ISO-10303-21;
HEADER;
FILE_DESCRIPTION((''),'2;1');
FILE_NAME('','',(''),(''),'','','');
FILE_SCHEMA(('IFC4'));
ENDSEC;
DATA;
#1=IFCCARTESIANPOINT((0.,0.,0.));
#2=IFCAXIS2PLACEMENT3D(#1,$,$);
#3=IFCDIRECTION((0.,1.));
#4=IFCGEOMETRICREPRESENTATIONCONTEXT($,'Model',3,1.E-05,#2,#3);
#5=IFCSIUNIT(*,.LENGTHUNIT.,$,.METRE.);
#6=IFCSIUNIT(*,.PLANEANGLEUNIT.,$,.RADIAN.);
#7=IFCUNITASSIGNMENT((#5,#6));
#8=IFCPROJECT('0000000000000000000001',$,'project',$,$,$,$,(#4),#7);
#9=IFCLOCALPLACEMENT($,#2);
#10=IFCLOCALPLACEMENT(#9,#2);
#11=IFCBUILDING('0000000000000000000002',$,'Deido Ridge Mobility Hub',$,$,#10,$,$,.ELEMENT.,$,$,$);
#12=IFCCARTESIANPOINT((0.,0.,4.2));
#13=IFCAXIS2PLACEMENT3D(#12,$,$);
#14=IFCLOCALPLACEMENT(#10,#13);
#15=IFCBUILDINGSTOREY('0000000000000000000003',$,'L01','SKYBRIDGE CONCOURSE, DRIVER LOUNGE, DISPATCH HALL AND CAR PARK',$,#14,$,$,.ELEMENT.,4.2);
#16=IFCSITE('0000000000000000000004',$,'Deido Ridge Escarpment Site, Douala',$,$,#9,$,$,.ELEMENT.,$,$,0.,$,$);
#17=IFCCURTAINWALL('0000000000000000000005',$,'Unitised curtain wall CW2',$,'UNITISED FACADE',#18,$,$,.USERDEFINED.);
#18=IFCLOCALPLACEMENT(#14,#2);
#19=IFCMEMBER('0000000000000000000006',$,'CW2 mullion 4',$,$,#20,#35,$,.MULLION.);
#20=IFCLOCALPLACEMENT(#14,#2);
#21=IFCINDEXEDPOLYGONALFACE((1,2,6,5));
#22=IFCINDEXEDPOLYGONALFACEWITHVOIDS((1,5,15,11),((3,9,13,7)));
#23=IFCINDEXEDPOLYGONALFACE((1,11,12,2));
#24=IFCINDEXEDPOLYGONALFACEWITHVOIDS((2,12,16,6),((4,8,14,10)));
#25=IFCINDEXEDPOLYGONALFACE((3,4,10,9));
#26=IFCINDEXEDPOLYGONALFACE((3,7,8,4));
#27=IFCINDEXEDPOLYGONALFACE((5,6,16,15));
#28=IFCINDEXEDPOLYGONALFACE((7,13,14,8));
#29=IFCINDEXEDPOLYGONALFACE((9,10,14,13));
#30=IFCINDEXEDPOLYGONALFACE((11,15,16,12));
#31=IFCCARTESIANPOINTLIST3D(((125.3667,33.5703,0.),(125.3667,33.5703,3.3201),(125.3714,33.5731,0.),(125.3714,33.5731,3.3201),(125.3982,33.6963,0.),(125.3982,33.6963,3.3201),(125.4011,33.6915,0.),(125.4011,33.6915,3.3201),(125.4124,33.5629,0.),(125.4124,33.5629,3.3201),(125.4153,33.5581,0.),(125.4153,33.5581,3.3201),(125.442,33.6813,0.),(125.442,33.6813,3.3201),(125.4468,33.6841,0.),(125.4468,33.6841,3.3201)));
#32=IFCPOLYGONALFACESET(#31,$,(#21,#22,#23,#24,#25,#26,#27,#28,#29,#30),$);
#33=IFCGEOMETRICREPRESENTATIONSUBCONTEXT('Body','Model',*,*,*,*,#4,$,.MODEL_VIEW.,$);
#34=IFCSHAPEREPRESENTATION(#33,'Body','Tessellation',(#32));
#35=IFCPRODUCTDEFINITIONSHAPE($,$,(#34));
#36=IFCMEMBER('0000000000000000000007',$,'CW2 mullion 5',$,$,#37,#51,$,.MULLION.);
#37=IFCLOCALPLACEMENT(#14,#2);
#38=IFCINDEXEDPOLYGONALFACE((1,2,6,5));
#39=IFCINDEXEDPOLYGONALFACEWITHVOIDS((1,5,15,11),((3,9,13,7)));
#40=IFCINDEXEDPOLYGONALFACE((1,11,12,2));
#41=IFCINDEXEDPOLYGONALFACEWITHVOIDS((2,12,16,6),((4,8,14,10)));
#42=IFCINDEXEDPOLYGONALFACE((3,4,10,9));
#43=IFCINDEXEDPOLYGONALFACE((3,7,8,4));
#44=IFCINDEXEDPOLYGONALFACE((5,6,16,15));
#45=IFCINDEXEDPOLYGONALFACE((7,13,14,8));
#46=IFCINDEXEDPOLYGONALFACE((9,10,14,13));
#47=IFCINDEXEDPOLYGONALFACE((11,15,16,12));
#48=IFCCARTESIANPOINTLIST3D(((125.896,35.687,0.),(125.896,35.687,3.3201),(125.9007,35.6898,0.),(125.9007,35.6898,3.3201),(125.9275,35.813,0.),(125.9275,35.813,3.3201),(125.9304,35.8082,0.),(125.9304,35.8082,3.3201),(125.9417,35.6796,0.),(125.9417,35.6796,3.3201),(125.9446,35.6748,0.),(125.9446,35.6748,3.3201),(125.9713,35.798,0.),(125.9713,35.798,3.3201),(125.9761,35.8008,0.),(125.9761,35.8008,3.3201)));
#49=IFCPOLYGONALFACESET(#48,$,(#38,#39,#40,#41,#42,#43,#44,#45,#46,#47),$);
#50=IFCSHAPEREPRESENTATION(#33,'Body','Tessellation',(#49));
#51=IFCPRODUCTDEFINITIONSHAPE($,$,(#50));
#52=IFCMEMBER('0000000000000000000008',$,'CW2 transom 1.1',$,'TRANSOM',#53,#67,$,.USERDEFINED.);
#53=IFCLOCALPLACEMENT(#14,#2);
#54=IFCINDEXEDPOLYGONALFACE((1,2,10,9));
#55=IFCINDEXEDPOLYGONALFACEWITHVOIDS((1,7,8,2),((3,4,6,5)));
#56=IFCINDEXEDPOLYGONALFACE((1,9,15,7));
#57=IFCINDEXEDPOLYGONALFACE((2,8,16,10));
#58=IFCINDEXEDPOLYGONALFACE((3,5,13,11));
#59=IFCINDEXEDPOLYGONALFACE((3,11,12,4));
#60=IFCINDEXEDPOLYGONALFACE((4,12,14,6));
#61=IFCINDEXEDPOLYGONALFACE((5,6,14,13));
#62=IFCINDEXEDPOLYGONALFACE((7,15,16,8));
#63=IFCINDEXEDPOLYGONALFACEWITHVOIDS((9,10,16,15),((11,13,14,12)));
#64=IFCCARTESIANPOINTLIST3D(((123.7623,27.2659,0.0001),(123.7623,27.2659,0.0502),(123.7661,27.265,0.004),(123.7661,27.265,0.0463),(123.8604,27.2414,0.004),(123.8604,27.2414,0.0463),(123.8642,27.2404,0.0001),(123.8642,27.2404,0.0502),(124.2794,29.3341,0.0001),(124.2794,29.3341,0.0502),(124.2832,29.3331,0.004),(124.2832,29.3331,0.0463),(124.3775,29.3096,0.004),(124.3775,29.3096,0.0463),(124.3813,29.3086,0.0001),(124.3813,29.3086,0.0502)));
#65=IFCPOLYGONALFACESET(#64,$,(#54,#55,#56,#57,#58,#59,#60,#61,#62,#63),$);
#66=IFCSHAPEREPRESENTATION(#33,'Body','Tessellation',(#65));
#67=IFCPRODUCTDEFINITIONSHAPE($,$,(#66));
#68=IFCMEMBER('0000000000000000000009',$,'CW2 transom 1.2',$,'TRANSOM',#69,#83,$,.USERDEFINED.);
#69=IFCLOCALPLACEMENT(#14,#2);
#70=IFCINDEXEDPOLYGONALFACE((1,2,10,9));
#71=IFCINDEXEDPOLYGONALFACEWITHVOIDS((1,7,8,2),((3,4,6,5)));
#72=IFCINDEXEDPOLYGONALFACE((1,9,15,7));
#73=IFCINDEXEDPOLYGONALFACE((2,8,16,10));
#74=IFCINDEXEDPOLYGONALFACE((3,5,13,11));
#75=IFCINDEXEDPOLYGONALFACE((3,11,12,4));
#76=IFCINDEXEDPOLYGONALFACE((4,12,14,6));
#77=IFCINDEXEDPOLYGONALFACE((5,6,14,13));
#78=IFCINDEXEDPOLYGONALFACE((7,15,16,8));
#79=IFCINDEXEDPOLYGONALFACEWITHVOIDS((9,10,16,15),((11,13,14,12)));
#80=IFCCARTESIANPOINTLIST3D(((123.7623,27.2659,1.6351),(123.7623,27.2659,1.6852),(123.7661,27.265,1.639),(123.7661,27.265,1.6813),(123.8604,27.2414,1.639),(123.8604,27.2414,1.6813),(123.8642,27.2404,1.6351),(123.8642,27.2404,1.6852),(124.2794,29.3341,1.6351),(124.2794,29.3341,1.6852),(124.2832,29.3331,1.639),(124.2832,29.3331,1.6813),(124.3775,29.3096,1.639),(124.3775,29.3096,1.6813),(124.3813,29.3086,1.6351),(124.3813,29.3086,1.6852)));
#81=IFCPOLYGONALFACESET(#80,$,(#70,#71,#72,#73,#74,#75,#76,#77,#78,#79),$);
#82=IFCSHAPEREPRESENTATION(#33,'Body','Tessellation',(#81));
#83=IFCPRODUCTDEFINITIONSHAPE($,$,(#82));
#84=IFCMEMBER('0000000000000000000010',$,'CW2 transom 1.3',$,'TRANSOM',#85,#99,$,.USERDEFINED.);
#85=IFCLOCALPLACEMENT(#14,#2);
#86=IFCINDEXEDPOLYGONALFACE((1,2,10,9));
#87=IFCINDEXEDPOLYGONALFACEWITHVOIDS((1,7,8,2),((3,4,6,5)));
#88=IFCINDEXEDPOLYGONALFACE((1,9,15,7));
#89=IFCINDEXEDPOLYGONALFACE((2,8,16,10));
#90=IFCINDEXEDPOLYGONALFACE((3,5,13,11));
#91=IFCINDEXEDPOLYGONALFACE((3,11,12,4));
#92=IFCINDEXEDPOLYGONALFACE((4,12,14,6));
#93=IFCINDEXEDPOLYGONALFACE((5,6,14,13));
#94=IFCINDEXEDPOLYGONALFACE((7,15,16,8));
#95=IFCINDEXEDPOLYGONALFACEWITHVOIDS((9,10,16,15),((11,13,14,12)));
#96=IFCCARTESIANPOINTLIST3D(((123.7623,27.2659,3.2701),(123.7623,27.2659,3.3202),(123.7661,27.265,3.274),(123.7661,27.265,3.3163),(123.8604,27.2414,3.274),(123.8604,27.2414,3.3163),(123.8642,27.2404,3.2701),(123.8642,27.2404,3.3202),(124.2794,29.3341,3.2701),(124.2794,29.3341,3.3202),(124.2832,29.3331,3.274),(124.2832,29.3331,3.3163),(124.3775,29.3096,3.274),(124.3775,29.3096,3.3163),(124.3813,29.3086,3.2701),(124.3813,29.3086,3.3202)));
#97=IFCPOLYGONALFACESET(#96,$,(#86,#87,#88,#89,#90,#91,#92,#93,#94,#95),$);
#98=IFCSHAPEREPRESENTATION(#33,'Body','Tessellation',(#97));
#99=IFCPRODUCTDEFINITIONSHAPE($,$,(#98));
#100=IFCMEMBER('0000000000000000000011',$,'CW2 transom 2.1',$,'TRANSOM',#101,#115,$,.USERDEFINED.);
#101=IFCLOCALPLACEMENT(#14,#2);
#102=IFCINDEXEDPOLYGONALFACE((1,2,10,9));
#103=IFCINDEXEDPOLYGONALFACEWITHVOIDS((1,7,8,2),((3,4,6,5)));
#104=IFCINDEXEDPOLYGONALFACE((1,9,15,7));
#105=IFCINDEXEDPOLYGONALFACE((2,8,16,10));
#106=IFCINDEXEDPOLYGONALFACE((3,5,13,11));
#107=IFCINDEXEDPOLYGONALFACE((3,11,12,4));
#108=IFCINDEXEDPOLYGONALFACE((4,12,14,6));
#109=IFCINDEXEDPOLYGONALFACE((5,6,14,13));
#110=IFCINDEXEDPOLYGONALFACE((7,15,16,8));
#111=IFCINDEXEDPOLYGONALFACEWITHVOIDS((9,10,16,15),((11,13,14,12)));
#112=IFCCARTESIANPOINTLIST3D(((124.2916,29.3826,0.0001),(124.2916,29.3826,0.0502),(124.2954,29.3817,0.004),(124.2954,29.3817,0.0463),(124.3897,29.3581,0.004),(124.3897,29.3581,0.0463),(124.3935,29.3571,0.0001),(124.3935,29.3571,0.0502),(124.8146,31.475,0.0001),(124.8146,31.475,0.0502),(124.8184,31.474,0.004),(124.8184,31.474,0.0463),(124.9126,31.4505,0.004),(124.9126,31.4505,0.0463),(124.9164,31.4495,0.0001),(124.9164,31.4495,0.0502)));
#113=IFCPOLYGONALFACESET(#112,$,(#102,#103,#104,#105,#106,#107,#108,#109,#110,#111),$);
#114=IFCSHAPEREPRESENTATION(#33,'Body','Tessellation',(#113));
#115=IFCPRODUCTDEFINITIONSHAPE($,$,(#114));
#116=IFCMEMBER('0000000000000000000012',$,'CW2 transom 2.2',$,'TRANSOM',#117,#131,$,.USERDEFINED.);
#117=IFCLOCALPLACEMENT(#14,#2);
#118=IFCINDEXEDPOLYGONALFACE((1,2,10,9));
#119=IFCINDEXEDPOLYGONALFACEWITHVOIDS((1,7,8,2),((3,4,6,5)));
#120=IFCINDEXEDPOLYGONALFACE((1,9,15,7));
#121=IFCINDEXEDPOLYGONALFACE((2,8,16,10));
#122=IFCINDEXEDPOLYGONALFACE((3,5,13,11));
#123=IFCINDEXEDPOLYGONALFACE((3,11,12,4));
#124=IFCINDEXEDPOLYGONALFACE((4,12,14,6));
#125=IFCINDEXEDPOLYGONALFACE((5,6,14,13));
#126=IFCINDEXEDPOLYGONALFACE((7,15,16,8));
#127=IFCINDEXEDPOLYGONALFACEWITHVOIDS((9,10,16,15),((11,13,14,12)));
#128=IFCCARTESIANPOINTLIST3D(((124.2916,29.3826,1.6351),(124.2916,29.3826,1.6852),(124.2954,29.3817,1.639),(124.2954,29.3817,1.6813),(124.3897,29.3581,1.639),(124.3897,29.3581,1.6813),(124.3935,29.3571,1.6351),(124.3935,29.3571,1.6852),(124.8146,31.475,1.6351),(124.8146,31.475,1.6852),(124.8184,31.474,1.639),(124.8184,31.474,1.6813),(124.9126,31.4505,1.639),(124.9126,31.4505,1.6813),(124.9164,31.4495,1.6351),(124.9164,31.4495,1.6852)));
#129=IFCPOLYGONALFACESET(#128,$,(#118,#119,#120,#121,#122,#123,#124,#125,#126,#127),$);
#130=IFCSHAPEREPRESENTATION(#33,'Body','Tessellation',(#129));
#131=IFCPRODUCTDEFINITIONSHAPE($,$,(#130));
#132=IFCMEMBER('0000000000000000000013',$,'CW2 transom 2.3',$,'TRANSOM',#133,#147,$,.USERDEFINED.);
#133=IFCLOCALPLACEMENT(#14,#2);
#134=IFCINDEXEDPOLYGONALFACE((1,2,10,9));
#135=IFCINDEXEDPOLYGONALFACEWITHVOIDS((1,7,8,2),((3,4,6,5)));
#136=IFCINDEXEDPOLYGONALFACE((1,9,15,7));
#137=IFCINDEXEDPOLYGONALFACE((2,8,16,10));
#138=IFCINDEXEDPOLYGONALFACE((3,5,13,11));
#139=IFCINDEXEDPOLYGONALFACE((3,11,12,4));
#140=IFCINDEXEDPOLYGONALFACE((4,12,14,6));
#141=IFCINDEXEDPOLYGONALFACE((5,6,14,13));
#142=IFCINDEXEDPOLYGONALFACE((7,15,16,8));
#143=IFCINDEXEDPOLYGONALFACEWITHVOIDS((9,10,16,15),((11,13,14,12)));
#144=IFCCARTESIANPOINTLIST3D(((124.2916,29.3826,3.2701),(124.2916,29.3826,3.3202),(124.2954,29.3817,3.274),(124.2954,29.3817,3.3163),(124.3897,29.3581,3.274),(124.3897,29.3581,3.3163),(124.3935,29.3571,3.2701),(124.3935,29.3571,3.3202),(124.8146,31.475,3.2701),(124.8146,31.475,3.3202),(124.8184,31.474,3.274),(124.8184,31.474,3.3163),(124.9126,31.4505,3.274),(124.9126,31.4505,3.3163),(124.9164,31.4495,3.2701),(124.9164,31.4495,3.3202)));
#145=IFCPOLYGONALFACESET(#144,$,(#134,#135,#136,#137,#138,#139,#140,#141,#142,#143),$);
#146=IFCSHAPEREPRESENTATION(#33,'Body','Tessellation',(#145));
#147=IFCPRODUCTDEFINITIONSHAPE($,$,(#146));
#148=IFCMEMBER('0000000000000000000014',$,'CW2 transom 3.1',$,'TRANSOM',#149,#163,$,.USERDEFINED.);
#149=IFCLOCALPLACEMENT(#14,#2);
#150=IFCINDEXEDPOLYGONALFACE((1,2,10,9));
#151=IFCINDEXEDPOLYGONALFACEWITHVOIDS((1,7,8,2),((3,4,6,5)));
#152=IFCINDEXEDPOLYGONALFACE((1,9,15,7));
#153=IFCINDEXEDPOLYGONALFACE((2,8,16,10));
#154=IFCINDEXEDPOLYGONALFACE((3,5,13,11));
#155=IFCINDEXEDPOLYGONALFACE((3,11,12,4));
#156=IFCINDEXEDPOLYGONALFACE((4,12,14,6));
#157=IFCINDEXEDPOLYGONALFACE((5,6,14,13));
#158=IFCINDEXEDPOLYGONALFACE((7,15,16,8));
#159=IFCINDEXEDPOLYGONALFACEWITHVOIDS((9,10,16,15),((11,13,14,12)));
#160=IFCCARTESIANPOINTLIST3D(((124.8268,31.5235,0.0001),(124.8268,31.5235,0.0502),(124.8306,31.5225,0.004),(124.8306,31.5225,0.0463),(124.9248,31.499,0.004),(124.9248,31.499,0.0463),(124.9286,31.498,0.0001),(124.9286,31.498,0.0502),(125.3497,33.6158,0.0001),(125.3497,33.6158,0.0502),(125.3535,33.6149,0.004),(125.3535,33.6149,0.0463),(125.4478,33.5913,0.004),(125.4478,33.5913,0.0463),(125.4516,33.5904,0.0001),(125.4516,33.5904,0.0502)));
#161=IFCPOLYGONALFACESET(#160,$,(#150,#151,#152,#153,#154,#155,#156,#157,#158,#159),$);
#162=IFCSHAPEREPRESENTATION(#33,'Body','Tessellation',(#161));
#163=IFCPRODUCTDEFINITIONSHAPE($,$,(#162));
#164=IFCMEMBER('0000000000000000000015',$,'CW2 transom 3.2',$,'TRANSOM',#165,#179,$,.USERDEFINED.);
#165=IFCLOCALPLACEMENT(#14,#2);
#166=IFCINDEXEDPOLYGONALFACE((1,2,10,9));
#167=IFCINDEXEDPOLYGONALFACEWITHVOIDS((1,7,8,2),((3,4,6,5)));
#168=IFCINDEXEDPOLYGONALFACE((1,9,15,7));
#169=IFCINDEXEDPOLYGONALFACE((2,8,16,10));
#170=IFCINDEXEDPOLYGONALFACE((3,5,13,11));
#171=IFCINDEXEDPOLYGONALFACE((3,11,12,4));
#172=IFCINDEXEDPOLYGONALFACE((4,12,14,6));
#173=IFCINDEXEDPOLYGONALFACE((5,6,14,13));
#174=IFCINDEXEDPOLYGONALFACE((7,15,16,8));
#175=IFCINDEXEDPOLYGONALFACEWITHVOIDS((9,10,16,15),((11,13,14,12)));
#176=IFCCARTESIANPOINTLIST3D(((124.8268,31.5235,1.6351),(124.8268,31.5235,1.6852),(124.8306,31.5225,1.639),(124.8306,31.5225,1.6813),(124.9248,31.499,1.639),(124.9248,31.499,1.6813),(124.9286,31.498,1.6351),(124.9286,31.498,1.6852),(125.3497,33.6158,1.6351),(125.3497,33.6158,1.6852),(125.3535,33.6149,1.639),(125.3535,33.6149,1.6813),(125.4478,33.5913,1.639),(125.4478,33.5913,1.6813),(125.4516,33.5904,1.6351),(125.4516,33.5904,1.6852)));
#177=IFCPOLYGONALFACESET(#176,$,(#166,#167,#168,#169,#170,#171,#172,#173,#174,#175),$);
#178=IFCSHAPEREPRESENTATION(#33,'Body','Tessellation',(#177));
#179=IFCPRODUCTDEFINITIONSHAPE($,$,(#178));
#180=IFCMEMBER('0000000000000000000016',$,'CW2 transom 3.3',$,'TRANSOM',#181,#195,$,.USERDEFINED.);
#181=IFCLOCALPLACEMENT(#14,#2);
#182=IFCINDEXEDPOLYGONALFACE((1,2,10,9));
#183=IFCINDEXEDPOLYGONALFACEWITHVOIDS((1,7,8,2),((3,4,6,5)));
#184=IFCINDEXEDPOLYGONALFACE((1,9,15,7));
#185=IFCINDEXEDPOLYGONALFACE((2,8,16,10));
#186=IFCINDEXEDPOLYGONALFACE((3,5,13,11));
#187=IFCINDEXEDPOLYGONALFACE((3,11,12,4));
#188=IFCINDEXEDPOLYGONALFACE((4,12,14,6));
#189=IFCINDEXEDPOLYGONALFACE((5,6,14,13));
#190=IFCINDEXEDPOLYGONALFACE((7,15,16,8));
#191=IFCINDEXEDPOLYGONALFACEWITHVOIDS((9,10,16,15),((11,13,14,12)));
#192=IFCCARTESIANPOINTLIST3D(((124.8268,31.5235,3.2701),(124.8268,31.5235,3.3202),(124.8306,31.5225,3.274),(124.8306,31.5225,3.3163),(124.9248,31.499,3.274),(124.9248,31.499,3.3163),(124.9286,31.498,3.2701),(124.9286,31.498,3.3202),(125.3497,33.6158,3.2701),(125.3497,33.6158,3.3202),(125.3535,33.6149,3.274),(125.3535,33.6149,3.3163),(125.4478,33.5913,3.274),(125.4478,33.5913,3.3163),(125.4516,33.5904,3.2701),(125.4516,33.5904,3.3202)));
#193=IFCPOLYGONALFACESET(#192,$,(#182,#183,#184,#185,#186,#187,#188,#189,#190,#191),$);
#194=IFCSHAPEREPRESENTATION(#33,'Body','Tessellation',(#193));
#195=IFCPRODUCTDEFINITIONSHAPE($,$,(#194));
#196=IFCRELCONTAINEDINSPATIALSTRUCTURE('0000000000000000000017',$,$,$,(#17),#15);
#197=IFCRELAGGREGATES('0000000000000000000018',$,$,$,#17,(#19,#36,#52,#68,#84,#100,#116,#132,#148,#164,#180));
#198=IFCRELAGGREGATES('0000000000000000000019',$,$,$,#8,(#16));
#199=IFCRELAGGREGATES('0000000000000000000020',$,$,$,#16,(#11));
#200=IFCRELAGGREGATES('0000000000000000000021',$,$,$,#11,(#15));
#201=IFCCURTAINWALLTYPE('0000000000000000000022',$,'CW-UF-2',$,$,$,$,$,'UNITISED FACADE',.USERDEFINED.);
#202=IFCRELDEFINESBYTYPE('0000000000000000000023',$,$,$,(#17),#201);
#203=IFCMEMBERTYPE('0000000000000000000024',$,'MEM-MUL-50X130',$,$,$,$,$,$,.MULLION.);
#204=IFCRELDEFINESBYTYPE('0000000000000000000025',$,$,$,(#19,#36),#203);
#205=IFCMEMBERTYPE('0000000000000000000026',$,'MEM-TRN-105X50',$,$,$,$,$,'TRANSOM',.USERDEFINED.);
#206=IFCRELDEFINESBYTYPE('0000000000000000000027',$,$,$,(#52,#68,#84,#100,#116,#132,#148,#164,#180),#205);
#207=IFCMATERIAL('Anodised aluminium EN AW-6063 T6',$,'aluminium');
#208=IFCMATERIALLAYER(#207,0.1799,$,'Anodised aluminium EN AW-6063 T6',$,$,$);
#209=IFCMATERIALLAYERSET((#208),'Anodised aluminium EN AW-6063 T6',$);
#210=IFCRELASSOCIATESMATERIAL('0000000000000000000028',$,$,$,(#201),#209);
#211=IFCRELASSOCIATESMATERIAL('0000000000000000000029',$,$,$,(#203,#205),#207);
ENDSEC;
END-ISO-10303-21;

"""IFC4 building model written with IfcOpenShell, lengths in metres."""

from ifc_helpers import new_model, si_unit, direction, frame, origin, origin_2d, place, context, subcontext, project, spatial, hollow_rectangle, extrude, material, layer, layer_set, material_profile, profile_set, type_object, element, aggregate, save


model = new_model("IFC4")

# Units and contexts
model_context = context("Model", 3, precision=1e-05, world=origin(), true_north=direction((0.0, 1.0)))
body_context = subcontext(model_context, "Body", "Model", "MODEL_VIEW")
ifc_project = project(units=[si_unit("LENGTHUNIT", "METRE"), si_unit("PLANEANGLEUNIT", "RADIAN")], contexts=[model_context])

# Site, building, storey
site_placement = place(None, origin())
site = spatial("IfcSite", under=ifc_project, at=site_placement, Name="Deido Ridge Escarpment Site, Douala", CompositionType="ELEMENT", RefElevation=0.0)
building_placement = place(site_placement, origin())
building = spatial("IfcBuilding", under=site, at=building_placement, Name="Deido Ridge Mobility Hub", CompositionType="ELEMENT")
storey_placement = place(building_placement, frame((0.0, 0.0, 4.2)))
storey = spatial("IfcBuildingStorey", under=building, at=storey_placement, Name="L01", Description="SKYBRIDGE CONCOURSE, DRIVER LOUNGE, DISPATCH HALL AND CAR PARK", CompositionType="ELEMENT", Elevation=4.2)

# Curtain wall, members
ifc_material_1 = material(Name="Anodised aluminium EN AW-6063 T6", Category="aluminium")
ifc_layer_1 = layer(ifc_material_1, 0.1799, Name="Anodised aluminium EN AW-6063 T6")
ifc_layer_set_1 = layer_set([ifc_layer_1], Name="Anodised aluminium EN AW-6063 T6")
curtain_wall_type = type_object("IfcCurtainWallType", Name="CW-UF-2", ElementType="UNITISED FACADE", PredefinedType="USERDEFINED", material=ifc_layer_set_1)
curtain_wall_placement = place(storey_placement, origin())
curtain_wall = element("IfcCurtainWall", 1, at=curtain_wall_placement, inside=storey, type_object=curtain_wall_type, Name="Unitised curtain wall CW2", ObjectType="UNITISED FACADE", PredefinedType="USERDEFINED")
ifc_material_profile_1 = material_profile(ifc_material_1, hollow_rectangle(XDim=0.05, YDim=0.1299, WallThickness=0.0039, at=origin_2d()), Name="RHS 50x130x4")
ifc_profile_set_1 = profile_set([ifc_material_profile_1], Name="Anodised aluminium EN AW-6063 T6")
member_type_1 = type_object("IfcMemberType", Name="MEM-MUL-50X130", PredefinedType="MULLION", material=ifc_profile_set_1)
member_1_placement = place(storey_placement, frame((125.4067, 33.6272, 0.0), z_axis=(0.0, 0.0, 1.0), x_axis=(-0.970144, 0.24253, 0.0)))
member_1 = element("IfcMember", 2, at=member_1_placement, type_object=member_type_1, Name="CW2 mullion 4", PredefinedType="MULLION", context=body_context, shape_type="SweptSolid", body=[
    extrude(hollow_rectangle(XDim=0.05, YDim=0.1299, WallThickness=0.0039, at=origin_2d()), origin(), (0.0, 0.0, 1.0), 3.3201),
])
member_2_placement = place(storey_placement, frame((125.936, 35.7439, 0.0), z_axis=(0.0, 0.0, 1.0), x_axis=(-0.970144, 0.24253, 0.0)))
member_2 = element("IfcMember", 3, at=member_2_placement, type_object=member_type_1, Name="CW2 mullion 5", PredefinedType="MULLION", context=body_context, shape_type="SweptSolid", body=[
    extrude(hollow_rectangle(XDim=0.05, YDim=0.1299, WallThickness=0.0039, at=origin_2d()), origin(), (0.0, 0.0, 1.0), 3.3201),
])
ifc_material_profile_2 = material_profile(ifc_material_1, hollow_rectangle(XDim=0.105, YDim=0.05, WallThickness=0.0039, at=origin_2d()), Name="RHS 105x50x4")
ifc_profile_set_2 = profile_set([ifc_material_profile_2], Name="Anodised aluminium EN AW-6063 T6")
member_type_2 = type_object("IfcMemberType", Name="MEM-TRN-105X50", ElementType="TRANSOM", PredefinedType="USERDEFINED", material=ifc_profile_set_2)
member_3_placement = place(storey_placement, frame((123.8132, 27.2532, 0.0251), z_axis=(0.242563, 0.970136, 0.0), x_axis=(-0.970136, 0.242563, 0.0)))
member_3 = element("IfcMember", 4, at=member_3_placement, type_object=member_type_2, Name="CW2 transom 1.1", ObjectType="TRANSOM", PredefinedType="USERDEFINED", context=body_context, shape_type="SweptSolid", body=[
    extrude(hollow_rectangle(XDim=0.105, YDim=0.05, WallThickness=0.0039, at=origin_2d()), origin(), (0.0, 0.0, 1.0), 2.1318),
])
member_4_placement = place(storey_placement, frame((123.8132, 27.2532, 1.6602), z_axis=(0.242563, 0.970136, 0.0), x_axis=(-0.970136, 0.242563, 0.0)))
member_4 = element("IfcMember", 5, at=member_4_placement, type_object=member_type_2, Name="CW2 transom 1.2", ObjectType="TRANSOM", PredefinedType="USERDEFINED", context=body_context, shape_type="SweptSolid", body=[
    extrude(hollow_rectangle(XDim=0.105, YDim=0.05, WallThickness=0.0039, at=origin_2d()), origin(), (0.0, 0.0, 1.0), 2.1318),
])
member_5_placement = place(storey_placement, frame((123.8132, 27.2532, 3.2952), z_axis=(0.242563, 0.970136, 0.0), x_axis=(-0.970136, 0.242563, 0.0)))
member_5 = element("IfcMember", 6, at=member_5_placement, type_object=member_type_2, Name="CW2 transom 1.3", ObjectType="TRANSOM", PredefinedType="USERDEFINED", context=body_context, shape_type="SweptSolid", body=[
    extrude(hollow_rectangle(XDim=0.105, YDim=0.05, WallThickness=0.0039, at=origin_2d()), origin(), (0.0, 0.0, 1.0), 2.1318),
])
member_6_placement = place(storey_placement, frame((124.3425, 29.3699, 0.0251), z_axis=(0.242482, 0.970156, 0.0), x_axis=(-0.970156, 0.242482, 0.0)))
member_6 = element("IfcMember", 7, at=member_6_placement, type_object=member_type_2, Name="CW2 transom 2.1", ObjectType="TRANSOM", PredefinedType="USERDEFINED", context=body_context, shape_type="SweptSolid", body=[
    extrude(hollow_rectangle(XDim=0.105, YDim=0.05, WallThickness=0.0039, at=origin_2d()), origin(), (0.0, 0.0, 1.0), 2.1567),
])
member_7_placement = place(storey_placement, frame((124.3425, 29.3699, 1.6602), z_axis=(0.242482, 0.970156, 0.0), x_axis=(-0.970156, 0.242482, 0.0)))
member_7 = element("IfcMember", 8, at=member_7_placement, type_object=member_type_2, Name="CW2 transom 2.2", ObjectType="TRANSOM", PredefinedType="USERDEFINED", context=body_context, shape_type="SweptSolid", body=[
    extrude(hollow_rectangle(XDim=0.105, YDim=0.05, WallThickness=0.0039, at=origin_2d()), origin(), (0.0, 0.0, 1.0), 2.1567),
])
member_8_placement = place(storey_placement, frame((124.3425, 29.3699, 3.2952), z_axis=(0.242482, 0.970156, 0.0), x_axis=(-0.970156, 0.242482, 0.0)))
member_8 = element("IfcMember", 9, at=member_8_placement, type_object=member_type_2, Name="CW2 transom 2.3", ObjectType="TRANSOM", PredefinedType="USERDEFINED", context=body_context, shape_type="SweptSolid", body=[
    extrude(hollow_rectangle(XDim=0.105, YDim=0.05, WallThickness=0.0039, at=origin_2d()), origin(), (0.0, 0.0, 1.0), 2.1567),
])
member_9_placement = place(storey_placement, frame((124.8777, 31.5107, 0.0251), z_axis=(0.242482, 0.970156, 0.0), x_axis=(-0.970156, 0.242482, 0.0)))
member_9 = element("IfcMember", 10, at=member_9_placement, type_object=member_type_2, Name="CW2 transom 3.1", ObjectType="TRANSOM", PredefinedType="USERDEFINED", context=body_context, shape_type="SweptSolid", body=[
    extrude(hollow_rectangle(XDim=0.105, YDim=0.05, WallThickness=0.0039, at=origin_2d()), origin(), (0.0, 0.0, 1.0), 2.1567),
])
member_10_placement = place(storey_placement, frame((124.8777, 31.5107, 1.6602), z_axis=(0.242482, 0.970156, 0.0), x_axis=(-0.970156, 0.242482, 0.0)))
member_10 = element("IfcMember", 11, at=member_10_placement, type_object=member_type_2, Name="CW2 transom 3.2", ObjectType="TRANSOM", PredefinedType="USERDEFINED", context=body_context, shape_type="SweptSolid", body=[
    extrude(hollow_rectangle(XDim=0.105, YDim=0.05, WallThickness=0.0039, at=origin_2d()), origin(), (0.0, 0.0, 1.0), 2.1567),
])
member_11_placement = place(storey_placement, frame((124.8777, 31.5107, 3.2952), z_axis=(0.242482, 0.970156, 0.0), x_axis=(-0.970156, 0.242482, 0.0)))
member_11 = element("IfcMember", 12, at=member_11_placement, type_object=member_type_2, Name="CW2 transom 3.3", ObjectType="TRANSOM", PredefinedType="USERDEFINED", context=body_context, shape_type="SweptSolid", body=[
    extrude(hollow_rectangle(XDim=0.105, YDim=0.05, WallThickness=0.0039, at=origin_2d()), origin(), (0.0, 0.0, 1.0), 2.1567),
])
aggregate(curtain_wall, [member_1, member_2, member_3, member_4, member_5, member_6, member_7, member_8, member_9, member_10, member_11])

save(model, "model.ifc")
